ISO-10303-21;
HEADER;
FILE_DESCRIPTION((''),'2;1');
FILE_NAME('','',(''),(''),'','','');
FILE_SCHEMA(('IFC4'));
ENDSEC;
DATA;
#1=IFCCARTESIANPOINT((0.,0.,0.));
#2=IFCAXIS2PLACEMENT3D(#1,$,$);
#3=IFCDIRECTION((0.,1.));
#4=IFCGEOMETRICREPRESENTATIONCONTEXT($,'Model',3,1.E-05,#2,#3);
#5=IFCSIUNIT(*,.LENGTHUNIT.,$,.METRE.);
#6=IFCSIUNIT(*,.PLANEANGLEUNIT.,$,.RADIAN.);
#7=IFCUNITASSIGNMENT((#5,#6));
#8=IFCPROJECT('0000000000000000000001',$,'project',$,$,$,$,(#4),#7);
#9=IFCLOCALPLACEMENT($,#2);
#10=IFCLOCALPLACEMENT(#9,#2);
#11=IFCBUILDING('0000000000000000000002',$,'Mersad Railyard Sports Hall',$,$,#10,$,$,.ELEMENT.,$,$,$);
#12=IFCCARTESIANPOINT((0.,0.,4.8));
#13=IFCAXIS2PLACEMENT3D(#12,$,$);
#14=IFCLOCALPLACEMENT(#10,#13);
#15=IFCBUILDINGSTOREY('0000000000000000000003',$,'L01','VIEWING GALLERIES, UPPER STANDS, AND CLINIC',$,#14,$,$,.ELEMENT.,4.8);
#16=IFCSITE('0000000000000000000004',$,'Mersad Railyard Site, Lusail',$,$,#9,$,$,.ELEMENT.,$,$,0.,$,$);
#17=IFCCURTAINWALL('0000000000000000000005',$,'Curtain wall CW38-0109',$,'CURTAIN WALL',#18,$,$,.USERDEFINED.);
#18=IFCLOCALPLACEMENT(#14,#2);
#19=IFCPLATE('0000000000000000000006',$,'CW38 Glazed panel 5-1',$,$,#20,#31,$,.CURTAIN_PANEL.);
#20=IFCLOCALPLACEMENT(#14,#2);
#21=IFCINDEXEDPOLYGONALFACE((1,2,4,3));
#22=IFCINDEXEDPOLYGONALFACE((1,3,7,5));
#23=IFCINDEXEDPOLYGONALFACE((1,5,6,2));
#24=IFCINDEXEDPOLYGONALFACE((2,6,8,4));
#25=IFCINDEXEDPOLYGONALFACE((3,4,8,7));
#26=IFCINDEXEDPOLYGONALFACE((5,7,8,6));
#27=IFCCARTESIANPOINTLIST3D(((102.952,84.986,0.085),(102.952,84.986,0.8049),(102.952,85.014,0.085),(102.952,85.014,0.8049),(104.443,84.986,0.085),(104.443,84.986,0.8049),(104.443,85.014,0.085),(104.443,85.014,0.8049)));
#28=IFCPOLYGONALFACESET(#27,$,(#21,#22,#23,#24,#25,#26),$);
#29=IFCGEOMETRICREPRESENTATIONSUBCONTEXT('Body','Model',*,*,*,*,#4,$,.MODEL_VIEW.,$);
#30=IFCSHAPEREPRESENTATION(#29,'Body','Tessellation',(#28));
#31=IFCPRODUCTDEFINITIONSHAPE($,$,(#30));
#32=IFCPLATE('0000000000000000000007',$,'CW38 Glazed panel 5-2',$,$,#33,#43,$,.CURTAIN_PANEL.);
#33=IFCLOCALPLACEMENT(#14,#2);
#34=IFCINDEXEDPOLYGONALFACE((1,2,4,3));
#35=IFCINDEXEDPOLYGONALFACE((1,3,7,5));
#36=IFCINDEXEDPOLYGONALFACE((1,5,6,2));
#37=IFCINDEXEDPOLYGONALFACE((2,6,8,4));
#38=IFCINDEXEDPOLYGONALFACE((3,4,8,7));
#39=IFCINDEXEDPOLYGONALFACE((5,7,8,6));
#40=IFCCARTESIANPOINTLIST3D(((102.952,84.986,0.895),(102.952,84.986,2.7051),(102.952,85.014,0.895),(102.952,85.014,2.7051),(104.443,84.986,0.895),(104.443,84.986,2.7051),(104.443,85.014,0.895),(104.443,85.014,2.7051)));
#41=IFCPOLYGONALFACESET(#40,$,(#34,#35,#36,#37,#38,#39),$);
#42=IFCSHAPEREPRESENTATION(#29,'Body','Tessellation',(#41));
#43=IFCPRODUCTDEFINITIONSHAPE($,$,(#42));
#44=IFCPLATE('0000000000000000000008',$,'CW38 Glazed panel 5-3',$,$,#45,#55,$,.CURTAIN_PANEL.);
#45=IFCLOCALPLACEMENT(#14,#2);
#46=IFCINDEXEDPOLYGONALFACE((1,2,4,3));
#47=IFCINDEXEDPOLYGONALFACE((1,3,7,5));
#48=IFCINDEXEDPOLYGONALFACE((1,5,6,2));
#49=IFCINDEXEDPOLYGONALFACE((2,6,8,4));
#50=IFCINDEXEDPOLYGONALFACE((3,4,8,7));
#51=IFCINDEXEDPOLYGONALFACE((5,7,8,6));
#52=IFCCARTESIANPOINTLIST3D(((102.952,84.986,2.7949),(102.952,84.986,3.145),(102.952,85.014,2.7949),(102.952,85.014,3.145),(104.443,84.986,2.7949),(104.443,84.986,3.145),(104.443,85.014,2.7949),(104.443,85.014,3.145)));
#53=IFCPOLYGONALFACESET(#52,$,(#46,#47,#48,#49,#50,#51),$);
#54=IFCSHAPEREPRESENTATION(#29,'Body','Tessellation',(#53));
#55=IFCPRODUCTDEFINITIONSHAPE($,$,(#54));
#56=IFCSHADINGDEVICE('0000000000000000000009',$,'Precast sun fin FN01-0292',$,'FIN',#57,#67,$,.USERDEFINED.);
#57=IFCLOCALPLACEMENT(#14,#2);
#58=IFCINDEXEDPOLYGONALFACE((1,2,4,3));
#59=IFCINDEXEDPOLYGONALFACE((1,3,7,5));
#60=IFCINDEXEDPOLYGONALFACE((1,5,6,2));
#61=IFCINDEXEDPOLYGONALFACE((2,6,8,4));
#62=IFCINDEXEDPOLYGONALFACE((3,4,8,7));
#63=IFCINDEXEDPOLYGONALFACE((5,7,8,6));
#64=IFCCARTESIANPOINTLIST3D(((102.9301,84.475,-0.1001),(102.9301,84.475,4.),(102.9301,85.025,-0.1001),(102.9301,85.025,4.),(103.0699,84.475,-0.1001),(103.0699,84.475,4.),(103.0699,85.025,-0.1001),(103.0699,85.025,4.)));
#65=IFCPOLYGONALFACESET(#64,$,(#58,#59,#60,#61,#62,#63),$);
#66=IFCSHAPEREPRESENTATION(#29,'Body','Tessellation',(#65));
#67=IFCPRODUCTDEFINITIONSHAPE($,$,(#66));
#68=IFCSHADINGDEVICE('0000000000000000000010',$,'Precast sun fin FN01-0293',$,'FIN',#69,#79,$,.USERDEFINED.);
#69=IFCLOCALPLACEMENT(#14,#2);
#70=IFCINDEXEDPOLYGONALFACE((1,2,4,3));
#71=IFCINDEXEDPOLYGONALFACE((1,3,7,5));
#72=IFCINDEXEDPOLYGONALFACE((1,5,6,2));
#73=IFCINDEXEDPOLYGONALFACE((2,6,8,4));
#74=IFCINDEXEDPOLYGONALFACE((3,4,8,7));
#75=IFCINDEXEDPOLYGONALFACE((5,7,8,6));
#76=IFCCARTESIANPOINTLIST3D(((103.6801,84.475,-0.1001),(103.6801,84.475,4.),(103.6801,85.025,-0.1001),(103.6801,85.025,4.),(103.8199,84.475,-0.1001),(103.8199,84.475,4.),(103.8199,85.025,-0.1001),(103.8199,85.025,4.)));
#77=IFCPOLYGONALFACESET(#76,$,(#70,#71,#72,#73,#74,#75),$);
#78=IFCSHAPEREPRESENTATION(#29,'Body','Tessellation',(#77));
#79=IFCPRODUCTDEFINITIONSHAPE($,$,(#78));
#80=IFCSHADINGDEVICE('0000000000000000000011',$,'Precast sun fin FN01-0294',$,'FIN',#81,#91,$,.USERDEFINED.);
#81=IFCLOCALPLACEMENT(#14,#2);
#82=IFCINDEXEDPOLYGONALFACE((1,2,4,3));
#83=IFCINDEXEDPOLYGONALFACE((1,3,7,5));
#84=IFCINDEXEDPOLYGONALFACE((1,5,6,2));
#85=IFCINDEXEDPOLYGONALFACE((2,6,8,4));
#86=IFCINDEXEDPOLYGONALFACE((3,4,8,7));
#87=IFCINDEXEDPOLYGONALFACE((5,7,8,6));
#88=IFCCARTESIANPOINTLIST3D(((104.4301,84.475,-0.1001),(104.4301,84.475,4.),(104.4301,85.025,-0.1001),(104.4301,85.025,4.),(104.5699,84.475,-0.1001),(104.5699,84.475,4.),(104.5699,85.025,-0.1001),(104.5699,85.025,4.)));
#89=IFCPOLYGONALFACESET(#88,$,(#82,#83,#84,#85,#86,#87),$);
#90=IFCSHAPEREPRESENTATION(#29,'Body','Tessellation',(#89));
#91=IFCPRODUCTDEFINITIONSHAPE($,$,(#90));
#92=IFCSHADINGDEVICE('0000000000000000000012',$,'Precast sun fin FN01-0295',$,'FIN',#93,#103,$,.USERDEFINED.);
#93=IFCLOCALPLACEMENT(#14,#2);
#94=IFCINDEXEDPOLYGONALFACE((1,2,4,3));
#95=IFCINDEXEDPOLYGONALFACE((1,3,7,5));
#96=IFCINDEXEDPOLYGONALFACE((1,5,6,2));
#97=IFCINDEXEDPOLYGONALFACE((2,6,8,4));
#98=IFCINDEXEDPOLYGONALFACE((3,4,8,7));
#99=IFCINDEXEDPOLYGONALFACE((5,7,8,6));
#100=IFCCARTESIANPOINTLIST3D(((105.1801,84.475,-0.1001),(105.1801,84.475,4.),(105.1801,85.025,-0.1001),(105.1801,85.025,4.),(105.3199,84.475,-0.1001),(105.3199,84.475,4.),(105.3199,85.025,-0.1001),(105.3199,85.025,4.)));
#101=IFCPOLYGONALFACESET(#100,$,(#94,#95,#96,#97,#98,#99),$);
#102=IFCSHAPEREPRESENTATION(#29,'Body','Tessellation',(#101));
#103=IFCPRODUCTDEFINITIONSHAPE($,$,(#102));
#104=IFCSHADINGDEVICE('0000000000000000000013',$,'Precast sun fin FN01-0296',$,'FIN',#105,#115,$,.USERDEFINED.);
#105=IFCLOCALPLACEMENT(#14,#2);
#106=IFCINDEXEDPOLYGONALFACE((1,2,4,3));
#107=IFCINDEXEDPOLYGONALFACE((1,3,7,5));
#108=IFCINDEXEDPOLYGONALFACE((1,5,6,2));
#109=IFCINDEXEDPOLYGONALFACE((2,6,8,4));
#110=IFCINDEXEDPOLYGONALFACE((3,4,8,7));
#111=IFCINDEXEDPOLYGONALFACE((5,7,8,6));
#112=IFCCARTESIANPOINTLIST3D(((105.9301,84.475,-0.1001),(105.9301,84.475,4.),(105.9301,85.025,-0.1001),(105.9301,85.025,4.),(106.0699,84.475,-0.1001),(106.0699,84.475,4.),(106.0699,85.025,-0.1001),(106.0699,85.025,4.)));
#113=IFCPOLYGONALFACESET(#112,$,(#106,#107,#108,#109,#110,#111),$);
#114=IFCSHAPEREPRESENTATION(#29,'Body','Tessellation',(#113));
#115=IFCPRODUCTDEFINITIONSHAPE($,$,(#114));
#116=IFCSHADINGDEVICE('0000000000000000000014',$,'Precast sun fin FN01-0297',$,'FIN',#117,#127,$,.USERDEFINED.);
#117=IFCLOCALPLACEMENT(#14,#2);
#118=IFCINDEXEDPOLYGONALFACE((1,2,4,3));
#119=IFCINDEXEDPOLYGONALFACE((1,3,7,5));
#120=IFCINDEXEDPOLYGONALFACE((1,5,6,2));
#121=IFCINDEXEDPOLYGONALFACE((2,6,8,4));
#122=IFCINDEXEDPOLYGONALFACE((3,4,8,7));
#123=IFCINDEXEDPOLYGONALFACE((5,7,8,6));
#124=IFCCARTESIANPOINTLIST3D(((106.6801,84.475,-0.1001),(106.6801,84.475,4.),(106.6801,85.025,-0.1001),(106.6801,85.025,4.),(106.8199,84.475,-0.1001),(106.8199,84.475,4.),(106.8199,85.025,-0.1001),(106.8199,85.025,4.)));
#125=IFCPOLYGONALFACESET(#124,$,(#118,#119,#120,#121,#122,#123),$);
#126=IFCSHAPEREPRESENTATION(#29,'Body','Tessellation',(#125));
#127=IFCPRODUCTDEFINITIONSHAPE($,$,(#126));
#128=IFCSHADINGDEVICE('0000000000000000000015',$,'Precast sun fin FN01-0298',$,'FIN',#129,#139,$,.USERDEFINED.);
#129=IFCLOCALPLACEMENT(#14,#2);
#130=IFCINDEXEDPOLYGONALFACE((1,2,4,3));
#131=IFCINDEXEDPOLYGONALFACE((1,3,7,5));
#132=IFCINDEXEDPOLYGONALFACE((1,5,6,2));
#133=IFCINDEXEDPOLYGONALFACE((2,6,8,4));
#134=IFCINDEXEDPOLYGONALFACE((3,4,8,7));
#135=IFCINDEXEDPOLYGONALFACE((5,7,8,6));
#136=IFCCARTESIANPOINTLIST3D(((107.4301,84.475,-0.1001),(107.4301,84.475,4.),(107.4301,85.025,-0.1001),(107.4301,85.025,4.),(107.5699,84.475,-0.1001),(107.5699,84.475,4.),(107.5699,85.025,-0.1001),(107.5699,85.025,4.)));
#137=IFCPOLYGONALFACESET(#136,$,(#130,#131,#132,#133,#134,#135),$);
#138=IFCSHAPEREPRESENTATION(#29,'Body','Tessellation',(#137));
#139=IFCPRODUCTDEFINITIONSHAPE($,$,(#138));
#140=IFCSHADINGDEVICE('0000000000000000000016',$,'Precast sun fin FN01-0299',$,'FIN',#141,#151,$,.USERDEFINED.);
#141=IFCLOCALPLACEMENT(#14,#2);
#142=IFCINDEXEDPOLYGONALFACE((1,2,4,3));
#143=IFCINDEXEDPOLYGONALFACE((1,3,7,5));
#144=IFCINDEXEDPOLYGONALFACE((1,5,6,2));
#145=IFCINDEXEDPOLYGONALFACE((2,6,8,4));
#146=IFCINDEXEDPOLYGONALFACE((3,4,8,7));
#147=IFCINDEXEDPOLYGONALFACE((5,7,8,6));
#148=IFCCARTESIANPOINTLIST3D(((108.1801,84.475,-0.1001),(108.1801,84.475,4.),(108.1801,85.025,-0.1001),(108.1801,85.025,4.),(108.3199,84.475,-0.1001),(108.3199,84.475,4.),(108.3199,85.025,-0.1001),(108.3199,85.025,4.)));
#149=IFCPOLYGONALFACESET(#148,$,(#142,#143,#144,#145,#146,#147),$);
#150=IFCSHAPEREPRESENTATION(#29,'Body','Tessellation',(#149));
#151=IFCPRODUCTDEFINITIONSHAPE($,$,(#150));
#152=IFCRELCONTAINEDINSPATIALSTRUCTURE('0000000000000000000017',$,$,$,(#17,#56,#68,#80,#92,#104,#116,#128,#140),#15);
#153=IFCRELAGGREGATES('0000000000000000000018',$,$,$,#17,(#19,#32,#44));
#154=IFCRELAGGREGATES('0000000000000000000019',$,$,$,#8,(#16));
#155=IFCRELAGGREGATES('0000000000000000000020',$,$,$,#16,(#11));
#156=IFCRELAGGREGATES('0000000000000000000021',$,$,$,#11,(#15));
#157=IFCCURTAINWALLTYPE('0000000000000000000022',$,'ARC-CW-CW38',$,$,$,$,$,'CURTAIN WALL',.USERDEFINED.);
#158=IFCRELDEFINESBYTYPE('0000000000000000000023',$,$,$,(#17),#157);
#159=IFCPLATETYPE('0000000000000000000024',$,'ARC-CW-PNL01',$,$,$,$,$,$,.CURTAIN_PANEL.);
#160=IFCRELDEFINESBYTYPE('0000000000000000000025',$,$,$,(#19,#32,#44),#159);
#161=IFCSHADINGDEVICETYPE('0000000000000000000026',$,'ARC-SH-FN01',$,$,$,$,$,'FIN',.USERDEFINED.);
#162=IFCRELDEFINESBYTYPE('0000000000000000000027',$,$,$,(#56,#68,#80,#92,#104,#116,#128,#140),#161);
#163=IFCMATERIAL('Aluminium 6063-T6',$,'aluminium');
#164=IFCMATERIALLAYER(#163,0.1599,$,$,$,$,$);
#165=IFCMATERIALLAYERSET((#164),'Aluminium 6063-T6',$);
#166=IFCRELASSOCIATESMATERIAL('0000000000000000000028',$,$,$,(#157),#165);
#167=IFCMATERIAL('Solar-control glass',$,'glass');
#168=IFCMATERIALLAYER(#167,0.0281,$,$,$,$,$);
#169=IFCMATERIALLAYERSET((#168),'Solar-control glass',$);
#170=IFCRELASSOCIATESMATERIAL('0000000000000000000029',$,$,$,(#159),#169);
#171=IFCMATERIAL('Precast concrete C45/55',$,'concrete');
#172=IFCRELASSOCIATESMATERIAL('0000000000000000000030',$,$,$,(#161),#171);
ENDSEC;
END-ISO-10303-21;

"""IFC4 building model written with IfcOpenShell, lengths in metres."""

from ifc_helpers import new_model, si_unit, direction, frame, origin, origin_2d, place, context, subcontext, project, spatial, rectangle, extrude, material, layer, layer_set, type_object, element, aggregate, save


model = new_model("IFC4")

# Units and contexts
model_context = context("Model", 3, precision=1e-05, world=origin(), true_north=direction((0.0, 1.0)))
body_context = subcontext(model_context, "Body", "Model", "MODEL_VIEW")
ifc_project = project(units=[si_unit("LENGTHUNIT", "METRE"), si_unit("PLANEANGLEUNIT", "RADIAN")], contexts=[model_context])

# Site, building, storey
site_placement = place(None, origin())
site = spatial("IfcSite", under=ifc_project, at=site_placement, Name="Mersad Railyard Site, Lusail", CompositionType="ELEMENT", RefElevation=0.0)
building_placement = place(site_placement, origin())
building = spatial("IfcBuilding", under=site, at=building_placement, Name="Mersad Railyard Sports Hall", CompositionType="ELEMENT")
storey_placement = place(building_placement, frame((0.0, 0.0, 4.8)))
storey = spatial("IfcBuildingStorey", under=building, at=storey_placement, Name="L01", Description="VIEWING GALLERIES, UPPER STANDS, AND CLINIC", CompositionType="ELEMENT", Elevation=4.8)

# Curtain wall, plates
ifc_material_1 = material(Name="Aluminium 6063-T6", Category="aluminium")
ifc_layer_1 = layer(ifc_material_1, 0.1599)
ifc_layer_set_1 = layer_set([ifc_layer_1], Name="Aluminium 6063-T6")
curtain_wall_type = type_object("IfcCurtainWallType", Name="ARC-CW-CW38", ElementType="CURTAIN WALL", PredefinedType="USERDEFINED", material=ifc_layer_set_1)
curtain_wall_placement = place(storey_placement, origin())
curtain_wall = element("IfcCurtainWall", 1, at=curtain_wall_placement, inside=storey, type_object=curtain_wall_type, Name="Curtain wall CW38-0109", ObjectType="CURTAIN WALL", PredefinedType="USERDEFINED")
ifc_material_2 = material(Name="Solar-control glass", Category="glass")
ifc_layer_2 = layer(ifc_material_2, 0.0281)
ifc_layer_set_2 = layer_set([ifc_layer_2], Name="Solar-control glass")
plate_type = type_object("IfcPlateType", Name="ARC-CW-PNL01", PredefinedType="CURTAIN_PANEL", material=ifc_layer_set_2)
plate_1_placement = place(storey_placement, frame((103.6975, 85.0, 0.085), z_axis=(0.0, 0.0, 1.0), x_axis=(-1.0, 0.0, 0.0)))
plate_1 = element("IfcPlate", 2, at=plate_1_placement, type_object=plate_type, Name="CW38 Glazed panel 5-1", PredefinedType="CURTAIN_PANEL", context=body_context, shape_type="SweptSolid", body=[
    extrude(rectangle(XDim=1.491, YDim=0.0281, at=origin_2d()), origin(), (0.0, 0.0, 1.0), 0.72),
])
plate_2_placement = place(storey_placement, frame((103.6975, 85.0, 0.895), z_axis=(0.0, 0.0, 1.0), x_axis=(-1.0, 0.0, 0.0)))
plate_2 = element("IfcPlate", 3, at=plate_2_placement, type_object=plate_type, Name="CW38 Glazed panel 5-2", PredefinedType="CURTAIN_PANEL", context=body_context, shape_type="SweptSolid", body=[
    extrude(rectangle(XDim=1.491, YDim=0.0281, at=origin_2d()), origin(), (0.0, 0.0, 1.0), 1.8101),
])
plate_3_placement = place(storey_placement, frame((103.6975, 85.0, 2.7949), z_axis=(0.0, 0.0, 1.0), x_axis=(-1.0, 0.0, 0.0)))
plate_3 = element("IfcPlate", 4, at=plate_3_placement, type_object=plate_type, Name="CW38 Glazed panel 5-3", PredefinedType="CURTAIN_PANEL", context=body_context, shape_type="SweptSolid", body=[
    extrude(rectangle(XDim=1.491, YDim=0.0281, at=origin_2d()), origin(), (0.0, 0.0, 1.0), 0.3501),
])
aggregate(curtain_wall, [plate_1, plate_2, plate_3])

# Shading devices
ifc_material_3 = material(Name="Precast concrete C45/55", Category="concrete")
shading_device_type = type_object("IfcShadingDeviceType", Name="ARC-SH-FN01", ElementType="FIN", PredefinedType="USERDEFINED", material=ifc_material_3)
for number, where, z_axis, x_axis, name in (
    (5, (103.0, 84.75, -0.1001), (0.0, 0.0, 1.0), (1.0, 0.0, 0.0), "Precast sun fin FN01-0292"),
    (6, (103.75, 84.75, -0.1001), (0.0, 0.0, 1.0), (1.0, 0.0, 0.0), "Precast sun fin FN01-0293"),
    (7, (104.5, 84.75, -0.1001), (0.0, 0.0, 1.0), (1.0, 0.0, 0.0), "Precast sun fin FN01-0294"),
    (8, (105.25, 84.75, -0.1001), (0.0, 0.0, 1.0), (1.0, 0.0, 0.0), "Precast sun fin FN01-0295"),
    (9, (106.0, 84.75, -0.1001), (0.0, 0.0, 1.0), (1.0, 0.0, 0.0), "Precast sun fin FN01-0296"),
    (10, (106.75, 84.75, -0.1001), (0.0, 0.0, 1.0), (1.0, 0.0, 0.0), "Precast sun fin FN01-0297"),
    (11, (107.5, 84.75, -0.1001), (0.0, 0.0, 1.0), (1.0, 0.0, 0.0), "Precast sun fin FN01-0298"),
    (12, (108.25, 84.75, -0.1001), (0.0, 0.0, 1.0), (1.0, 0.0, 0.0), "Precast sun fin FN01-0299"),
):
    element("IfcShadingDevice", number, at=place(storey_placement, frame(where, z_axis=z_axis, x_axis=x_axis)), inside=storey, type_object=shading_device_type, Name=name, ObjectType="FIN", PredefinedType="USERDEFINED", context=body_context, shape_type="SweptSolid", body=[
        extrude(rectangle(XDim=0.1399, YDim=0.55, at=origin_2d()), origin(), (0.0, 0.0, 1.0), 4.1001),
    ])

save(model, "model.ifc")
